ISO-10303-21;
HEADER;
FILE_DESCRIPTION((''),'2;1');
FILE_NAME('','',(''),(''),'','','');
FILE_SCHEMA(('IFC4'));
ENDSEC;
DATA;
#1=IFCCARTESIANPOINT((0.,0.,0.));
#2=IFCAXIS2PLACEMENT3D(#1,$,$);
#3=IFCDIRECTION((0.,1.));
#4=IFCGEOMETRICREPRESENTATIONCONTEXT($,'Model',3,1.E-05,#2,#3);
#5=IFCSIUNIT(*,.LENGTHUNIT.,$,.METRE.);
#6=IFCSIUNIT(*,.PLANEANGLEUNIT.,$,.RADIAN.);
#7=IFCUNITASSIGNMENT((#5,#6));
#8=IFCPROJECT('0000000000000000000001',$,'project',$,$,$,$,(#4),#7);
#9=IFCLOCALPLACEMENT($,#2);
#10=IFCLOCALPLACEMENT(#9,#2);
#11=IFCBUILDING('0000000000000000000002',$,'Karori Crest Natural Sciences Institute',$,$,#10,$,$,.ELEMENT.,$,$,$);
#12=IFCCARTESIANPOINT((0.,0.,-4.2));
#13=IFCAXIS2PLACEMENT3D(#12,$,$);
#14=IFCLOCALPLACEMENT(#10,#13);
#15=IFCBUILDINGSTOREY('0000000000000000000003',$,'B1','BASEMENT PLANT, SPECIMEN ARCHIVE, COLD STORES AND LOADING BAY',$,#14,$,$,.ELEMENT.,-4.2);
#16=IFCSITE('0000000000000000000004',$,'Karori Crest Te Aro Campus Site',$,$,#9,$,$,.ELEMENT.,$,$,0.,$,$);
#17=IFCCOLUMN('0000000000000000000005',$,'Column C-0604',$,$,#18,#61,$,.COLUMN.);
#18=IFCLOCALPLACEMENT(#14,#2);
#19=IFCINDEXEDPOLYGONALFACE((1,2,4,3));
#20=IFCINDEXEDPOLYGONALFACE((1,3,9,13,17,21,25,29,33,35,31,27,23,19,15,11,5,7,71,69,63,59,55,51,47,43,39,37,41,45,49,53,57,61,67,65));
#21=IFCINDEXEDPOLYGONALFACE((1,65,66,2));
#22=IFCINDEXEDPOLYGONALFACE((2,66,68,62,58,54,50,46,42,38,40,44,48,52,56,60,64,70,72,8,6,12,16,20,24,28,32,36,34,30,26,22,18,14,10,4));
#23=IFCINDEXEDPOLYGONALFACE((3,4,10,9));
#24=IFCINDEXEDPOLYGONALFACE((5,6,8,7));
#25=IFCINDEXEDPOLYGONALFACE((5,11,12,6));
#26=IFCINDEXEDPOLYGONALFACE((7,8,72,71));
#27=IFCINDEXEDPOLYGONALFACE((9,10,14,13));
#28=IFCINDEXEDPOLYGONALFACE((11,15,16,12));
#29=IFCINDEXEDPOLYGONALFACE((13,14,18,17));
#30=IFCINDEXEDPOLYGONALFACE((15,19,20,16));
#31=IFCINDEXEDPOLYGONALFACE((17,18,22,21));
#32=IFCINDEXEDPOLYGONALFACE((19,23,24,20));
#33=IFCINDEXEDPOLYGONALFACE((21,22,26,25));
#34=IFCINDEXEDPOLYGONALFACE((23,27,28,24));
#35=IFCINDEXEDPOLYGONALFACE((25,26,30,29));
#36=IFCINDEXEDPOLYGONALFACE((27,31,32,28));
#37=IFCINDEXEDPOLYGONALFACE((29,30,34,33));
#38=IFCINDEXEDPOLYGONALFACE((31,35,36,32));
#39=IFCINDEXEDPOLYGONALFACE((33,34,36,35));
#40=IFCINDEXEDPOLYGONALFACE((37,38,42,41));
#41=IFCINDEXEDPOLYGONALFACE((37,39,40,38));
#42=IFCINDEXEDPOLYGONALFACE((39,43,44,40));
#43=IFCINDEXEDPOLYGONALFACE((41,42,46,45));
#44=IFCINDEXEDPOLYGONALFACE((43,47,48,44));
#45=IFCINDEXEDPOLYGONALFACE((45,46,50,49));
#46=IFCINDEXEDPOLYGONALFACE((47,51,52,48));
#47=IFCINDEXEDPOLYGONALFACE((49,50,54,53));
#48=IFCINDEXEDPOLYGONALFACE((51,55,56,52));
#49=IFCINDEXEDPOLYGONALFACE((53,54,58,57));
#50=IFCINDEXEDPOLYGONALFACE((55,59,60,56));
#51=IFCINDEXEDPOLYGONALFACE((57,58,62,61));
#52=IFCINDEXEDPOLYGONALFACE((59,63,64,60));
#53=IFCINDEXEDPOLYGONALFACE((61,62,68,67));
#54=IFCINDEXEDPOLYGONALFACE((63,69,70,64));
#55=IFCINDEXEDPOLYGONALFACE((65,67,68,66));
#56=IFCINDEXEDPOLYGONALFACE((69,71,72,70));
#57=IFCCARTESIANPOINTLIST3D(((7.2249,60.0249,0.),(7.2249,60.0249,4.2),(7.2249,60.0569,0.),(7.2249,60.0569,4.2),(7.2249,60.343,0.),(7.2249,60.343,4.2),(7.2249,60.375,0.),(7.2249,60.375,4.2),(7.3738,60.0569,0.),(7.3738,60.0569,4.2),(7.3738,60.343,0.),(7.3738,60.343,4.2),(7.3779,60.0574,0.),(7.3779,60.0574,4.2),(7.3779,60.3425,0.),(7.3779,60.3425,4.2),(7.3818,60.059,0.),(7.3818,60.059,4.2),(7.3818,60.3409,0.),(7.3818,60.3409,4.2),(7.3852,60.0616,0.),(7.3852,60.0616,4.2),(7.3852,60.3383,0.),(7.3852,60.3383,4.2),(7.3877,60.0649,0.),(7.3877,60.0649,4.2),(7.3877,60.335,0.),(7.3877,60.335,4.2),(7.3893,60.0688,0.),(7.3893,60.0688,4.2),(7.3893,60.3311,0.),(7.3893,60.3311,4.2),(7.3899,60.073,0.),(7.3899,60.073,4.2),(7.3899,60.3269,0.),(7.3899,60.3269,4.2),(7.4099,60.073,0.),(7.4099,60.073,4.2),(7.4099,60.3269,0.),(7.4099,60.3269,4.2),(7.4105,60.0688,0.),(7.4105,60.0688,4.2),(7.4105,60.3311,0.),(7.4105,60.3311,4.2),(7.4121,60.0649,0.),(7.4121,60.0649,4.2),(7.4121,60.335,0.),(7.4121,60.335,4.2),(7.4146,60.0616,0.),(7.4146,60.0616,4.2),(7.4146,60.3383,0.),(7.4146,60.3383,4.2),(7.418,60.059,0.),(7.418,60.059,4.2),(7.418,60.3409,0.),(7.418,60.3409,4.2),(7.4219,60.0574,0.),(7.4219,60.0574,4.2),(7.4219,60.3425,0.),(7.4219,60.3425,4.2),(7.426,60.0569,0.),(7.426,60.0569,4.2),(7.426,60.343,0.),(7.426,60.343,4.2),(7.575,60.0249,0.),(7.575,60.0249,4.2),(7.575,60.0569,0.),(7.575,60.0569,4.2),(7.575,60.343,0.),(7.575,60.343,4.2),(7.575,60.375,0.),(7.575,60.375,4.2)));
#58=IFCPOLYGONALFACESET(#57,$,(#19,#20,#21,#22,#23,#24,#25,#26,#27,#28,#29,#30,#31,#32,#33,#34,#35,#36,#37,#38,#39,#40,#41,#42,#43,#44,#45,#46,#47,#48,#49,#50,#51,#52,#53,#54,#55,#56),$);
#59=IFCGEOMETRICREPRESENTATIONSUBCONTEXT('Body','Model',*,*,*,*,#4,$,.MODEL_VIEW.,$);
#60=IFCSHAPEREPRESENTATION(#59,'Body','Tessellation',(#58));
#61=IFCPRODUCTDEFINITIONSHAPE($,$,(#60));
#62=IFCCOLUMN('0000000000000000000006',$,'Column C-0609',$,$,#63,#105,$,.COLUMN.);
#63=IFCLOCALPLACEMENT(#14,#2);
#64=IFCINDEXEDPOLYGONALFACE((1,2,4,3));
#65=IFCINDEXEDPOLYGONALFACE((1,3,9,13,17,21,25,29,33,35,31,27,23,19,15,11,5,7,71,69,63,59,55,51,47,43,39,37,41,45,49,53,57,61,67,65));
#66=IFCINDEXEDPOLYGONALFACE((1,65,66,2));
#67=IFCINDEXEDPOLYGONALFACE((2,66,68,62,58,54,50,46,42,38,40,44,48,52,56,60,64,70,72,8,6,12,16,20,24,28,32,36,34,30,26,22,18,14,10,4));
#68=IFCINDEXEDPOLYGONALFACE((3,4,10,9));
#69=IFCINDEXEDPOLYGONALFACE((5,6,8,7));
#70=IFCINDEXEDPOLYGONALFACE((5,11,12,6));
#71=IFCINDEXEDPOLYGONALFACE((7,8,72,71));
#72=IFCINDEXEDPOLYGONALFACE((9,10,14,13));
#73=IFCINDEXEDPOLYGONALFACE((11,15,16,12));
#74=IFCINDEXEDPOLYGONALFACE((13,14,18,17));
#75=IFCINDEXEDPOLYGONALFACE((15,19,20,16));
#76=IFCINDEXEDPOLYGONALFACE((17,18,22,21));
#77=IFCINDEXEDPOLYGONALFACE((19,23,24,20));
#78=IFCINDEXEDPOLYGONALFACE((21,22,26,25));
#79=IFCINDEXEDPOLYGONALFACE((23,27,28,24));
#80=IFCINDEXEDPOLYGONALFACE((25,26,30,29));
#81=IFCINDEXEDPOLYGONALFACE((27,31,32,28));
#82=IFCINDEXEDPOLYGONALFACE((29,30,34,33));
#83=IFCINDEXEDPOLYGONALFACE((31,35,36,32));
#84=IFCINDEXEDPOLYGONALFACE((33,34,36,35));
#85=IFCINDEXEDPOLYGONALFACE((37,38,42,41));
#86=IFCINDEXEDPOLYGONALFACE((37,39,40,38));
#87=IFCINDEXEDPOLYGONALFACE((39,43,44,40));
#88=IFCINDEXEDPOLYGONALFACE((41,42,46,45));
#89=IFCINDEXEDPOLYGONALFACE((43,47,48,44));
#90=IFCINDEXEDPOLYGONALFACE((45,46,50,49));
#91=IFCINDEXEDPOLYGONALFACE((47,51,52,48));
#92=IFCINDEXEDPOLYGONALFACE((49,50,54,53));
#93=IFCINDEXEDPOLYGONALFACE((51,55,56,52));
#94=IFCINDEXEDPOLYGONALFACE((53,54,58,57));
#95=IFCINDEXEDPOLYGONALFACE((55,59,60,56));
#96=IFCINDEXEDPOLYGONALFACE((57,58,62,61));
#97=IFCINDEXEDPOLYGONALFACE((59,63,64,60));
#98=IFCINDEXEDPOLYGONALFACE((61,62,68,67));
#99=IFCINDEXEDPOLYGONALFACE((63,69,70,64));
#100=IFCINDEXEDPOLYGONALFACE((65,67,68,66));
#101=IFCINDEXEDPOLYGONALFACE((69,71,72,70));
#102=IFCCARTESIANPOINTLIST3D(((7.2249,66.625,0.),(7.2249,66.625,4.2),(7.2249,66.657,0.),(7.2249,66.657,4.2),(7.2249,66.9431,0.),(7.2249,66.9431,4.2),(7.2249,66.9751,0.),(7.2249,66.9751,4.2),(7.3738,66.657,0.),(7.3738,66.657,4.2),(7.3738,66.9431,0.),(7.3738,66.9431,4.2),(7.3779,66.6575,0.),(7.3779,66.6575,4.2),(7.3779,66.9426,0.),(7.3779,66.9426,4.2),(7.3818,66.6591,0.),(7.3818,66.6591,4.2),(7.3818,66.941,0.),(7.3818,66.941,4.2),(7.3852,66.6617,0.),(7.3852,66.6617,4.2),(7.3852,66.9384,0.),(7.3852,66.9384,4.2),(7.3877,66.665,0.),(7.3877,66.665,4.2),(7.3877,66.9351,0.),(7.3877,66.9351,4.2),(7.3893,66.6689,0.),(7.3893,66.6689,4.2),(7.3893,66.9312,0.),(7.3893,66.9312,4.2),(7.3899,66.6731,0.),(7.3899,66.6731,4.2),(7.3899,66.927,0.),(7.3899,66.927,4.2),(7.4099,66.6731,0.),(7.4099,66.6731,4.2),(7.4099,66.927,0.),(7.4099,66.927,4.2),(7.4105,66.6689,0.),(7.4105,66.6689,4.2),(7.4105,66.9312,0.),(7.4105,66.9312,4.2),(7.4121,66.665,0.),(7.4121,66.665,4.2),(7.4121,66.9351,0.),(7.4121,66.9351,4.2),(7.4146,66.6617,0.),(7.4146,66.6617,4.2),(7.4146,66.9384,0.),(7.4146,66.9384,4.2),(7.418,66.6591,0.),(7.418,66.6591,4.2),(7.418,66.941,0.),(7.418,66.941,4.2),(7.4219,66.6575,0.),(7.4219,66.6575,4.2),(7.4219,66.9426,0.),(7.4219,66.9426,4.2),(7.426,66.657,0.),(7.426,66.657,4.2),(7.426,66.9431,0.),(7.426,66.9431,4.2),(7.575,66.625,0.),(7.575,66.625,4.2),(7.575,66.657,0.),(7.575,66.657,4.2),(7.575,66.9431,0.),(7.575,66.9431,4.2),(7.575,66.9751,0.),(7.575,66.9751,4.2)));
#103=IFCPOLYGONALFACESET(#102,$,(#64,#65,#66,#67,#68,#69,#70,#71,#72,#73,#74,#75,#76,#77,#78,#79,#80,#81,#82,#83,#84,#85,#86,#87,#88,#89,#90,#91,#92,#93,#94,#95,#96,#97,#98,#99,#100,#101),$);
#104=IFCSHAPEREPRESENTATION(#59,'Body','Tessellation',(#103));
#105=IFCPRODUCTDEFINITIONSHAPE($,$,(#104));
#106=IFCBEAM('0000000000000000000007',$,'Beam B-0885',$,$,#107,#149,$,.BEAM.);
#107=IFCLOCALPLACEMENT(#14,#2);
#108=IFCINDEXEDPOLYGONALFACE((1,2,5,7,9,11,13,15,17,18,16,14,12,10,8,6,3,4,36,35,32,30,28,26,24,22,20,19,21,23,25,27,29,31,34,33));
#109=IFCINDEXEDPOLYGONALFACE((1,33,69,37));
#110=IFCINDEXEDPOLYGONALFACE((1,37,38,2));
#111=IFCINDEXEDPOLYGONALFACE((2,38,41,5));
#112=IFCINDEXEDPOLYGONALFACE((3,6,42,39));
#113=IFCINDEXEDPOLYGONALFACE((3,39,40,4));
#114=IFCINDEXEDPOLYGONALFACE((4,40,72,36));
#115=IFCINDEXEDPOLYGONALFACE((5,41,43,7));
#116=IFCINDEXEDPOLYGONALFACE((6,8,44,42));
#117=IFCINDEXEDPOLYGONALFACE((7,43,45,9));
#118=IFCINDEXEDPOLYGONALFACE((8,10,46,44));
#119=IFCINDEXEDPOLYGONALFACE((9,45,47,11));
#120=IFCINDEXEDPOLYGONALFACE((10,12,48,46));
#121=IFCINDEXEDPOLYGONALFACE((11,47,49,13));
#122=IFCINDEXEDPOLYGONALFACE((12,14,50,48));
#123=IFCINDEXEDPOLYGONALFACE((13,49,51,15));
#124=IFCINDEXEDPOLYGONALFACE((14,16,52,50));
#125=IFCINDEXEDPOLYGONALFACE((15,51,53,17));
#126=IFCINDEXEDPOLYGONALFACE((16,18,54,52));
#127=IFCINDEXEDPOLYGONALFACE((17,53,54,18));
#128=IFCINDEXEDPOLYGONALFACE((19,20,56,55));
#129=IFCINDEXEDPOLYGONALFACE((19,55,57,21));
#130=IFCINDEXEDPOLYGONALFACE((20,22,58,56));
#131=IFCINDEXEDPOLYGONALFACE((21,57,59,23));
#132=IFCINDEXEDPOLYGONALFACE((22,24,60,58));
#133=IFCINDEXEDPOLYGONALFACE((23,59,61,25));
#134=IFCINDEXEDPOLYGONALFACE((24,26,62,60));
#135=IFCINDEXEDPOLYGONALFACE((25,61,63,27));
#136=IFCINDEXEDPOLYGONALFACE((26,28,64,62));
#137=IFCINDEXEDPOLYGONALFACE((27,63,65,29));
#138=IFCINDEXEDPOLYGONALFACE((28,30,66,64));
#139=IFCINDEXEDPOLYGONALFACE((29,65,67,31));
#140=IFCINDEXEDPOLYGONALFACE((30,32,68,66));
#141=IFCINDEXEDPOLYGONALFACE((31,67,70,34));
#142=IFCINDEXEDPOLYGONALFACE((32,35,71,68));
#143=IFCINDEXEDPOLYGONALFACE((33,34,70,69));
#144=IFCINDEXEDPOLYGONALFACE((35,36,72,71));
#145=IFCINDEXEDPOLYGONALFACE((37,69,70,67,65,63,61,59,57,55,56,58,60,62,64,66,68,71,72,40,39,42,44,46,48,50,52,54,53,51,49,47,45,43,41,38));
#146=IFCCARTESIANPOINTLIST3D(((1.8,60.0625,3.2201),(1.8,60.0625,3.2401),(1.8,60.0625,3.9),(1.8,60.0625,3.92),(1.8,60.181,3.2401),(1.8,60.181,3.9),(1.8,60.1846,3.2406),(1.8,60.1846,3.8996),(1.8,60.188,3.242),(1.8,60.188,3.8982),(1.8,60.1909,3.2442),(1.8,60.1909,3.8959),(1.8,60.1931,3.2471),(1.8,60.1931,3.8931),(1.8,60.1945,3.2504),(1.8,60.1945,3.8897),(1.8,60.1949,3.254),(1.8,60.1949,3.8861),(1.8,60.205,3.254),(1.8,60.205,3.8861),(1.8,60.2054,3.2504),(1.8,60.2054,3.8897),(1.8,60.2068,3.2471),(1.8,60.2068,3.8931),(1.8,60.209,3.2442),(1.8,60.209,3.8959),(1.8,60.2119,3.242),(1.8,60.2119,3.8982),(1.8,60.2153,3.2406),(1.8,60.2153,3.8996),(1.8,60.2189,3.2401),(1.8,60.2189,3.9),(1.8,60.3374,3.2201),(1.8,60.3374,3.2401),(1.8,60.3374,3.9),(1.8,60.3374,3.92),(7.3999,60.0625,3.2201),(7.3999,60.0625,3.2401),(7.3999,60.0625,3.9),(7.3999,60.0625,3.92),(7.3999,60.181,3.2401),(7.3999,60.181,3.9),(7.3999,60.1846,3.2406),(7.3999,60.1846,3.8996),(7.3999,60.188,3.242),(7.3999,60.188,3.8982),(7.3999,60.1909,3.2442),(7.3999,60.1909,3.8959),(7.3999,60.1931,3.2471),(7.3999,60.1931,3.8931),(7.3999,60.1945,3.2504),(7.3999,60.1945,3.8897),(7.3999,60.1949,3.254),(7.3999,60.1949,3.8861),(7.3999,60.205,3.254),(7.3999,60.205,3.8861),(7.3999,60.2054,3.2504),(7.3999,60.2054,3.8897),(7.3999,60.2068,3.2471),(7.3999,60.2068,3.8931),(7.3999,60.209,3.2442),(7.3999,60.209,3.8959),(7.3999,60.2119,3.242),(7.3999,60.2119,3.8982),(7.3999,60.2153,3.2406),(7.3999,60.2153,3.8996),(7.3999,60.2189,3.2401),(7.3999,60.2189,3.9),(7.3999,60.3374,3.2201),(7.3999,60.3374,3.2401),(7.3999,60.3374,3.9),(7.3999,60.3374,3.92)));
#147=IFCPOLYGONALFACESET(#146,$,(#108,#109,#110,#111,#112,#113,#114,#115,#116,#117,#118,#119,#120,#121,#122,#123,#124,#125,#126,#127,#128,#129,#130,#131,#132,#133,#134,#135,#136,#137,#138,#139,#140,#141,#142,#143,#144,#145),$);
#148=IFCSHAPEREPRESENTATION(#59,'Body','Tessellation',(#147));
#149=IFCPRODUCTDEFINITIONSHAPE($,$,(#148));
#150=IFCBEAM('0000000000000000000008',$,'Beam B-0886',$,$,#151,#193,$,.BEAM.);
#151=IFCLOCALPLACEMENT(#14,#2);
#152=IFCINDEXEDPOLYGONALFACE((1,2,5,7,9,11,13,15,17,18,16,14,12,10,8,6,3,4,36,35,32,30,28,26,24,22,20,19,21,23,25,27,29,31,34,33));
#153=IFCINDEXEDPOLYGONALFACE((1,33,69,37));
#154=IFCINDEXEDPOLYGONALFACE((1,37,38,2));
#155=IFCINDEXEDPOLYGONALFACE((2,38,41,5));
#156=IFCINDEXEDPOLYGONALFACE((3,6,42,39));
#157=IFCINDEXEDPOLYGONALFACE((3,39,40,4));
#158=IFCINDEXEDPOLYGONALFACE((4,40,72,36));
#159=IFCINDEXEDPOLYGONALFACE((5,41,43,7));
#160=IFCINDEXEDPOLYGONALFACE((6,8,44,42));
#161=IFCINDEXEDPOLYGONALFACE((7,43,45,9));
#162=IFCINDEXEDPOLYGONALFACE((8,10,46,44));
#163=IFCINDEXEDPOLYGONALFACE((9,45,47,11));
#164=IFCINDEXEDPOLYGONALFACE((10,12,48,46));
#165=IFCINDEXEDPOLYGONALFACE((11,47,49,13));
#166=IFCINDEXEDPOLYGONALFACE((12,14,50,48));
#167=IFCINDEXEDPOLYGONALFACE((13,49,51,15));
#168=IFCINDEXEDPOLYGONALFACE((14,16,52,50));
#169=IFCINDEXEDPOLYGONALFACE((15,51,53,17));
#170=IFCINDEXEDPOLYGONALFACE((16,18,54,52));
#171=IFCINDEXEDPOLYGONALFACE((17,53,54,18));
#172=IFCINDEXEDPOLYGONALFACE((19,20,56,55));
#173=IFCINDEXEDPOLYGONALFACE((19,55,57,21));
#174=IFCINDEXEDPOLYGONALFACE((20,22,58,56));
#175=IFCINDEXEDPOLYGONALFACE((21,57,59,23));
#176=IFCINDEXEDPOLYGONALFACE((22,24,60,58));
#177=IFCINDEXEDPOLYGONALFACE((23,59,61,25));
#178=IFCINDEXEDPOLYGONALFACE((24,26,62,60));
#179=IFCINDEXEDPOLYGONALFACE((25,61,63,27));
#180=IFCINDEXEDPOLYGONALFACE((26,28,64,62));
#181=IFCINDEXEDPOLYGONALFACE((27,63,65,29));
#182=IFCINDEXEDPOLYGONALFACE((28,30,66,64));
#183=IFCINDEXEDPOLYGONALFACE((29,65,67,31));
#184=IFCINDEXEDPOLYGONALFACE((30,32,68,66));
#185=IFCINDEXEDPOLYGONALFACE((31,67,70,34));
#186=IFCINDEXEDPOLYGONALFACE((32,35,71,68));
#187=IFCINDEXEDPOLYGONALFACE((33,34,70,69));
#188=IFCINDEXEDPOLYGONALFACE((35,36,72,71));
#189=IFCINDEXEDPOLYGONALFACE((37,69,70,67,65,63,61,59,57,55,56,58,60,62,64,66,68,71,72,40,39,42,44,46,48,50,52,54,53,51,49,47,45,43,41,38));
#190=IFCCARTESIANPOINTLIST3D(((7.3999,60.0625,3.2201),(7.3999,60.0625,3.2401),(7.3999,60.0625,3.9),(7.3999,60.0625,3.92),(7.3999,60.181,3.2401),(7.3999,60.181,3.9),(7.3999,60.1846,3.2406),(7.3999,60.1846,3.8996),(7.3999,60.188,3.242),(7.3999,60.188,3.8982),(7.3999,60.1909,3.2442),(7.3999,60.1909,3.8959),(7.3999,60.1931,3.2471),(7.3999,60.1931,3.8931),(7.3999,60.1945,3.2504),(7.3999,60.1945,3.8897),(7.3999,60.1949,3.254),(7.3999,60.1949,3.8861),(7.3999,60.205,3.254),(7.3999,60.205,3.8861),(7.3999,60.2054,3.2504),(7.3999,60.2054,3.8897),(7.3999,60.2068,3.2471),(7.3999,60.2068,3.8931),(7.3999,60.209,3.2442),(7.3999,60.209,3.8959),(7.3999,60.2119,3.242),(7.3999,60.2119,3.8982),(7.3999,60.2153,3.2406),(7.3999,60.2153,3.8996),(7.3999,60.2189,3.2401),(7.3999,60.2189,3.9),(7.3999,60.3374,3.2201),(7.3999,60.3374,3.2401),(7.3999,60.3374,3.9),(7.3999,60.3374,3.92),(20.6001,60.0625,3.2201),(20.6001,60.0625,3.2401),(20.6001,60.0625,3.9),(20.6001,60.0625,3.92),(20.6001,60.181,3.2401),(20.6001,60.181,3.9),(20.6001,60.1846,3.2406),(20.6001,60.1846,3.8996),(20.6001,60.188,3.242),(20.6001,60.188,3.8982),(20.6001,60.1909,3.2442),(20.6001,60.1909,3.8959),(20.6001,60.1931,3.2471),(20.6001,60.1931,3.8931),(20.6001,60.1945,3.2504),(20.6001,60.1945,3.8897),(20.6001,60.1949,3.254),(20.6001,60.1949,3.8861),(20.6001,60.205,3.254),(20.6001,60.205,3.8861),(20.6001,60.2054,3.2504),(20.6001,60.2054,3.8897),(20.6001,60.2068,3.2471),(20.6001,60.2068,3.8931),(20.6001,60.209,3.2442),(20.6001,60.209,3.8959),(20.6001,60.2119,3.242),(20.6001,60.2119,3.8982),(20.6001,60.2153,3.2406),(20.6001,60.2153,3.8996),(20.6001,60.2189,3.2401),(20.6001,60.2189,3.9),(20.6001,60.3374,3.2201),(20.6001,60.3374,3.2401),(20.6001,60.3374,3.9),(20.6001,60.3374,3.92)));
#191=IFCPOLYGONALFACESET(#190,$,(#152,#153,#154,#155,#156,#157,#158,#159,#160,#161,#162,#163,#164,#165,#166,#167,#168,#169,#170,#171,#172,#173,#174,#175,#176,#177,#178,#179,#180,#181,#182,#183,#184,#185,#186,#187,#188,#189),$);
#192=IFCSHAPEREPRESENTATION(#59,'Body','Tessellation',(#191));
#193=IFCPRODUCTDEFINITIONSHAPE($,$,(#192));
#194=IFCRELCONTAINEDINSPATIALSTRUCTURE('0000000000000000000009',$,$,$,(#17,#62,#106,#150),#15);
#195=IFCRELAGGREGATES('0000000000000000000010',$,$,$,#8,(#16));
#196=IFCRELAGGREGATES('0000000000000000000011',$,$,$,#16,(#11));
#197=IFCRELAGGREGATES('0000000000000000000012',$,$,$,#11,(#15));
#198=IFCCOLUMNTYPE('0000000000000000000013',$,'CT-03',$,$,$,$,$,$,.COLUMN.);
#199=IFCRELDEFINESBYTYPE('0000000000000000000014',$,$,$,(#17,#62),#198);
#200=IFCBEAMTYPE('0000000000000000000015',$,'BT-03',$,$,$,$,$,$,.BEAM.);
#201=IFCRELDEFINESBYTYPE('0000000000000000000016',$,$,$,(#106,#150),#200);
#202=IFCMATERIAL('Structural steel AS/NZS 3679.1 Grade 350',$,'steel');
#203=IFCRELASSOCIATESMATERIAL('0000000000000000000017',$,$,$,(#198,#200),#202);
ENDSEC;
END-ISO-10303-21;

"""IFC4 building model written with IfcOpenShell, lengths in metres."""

from ifc_helpers import new_model, si_unit, direction, frame, origin, origin_2d, place, context, subcontext, project, spatial, i_section, extrude, material, material_profile, profile_set, type_object, element, save


model = new_model("IFC4")

# Units and contexts
model_context = context("Model", 3, precision=1e-05, world=origin(), true_north=direction((0.0, 1.0)))
body_context = subcontext(model_context, "Body", "Model", "MODEL_VIEW")
ifc_project = project(units=[si_unit("LENGTHUNIT", "METRE"), si_unit("PLANEANGLEUNIT", "RADIAN")], contexts=[model_context])

# Site, building, storey
site_placement = place(None, origin())
site = spatial("IfcSite", under=ifc_project, at=site_placement, Name="Karori Crest Te Aro Campus Site", CompositionType="ELEMENT", RefElevation=0.0)
building_placement = place(site_placement, origin())
building = spatial("IfcBuilding", under=site, at=building_placement, Name="Karori Crest Natural Sciences Institute", CompositionType="ELEMENT")
storey_placement = place(building_placement, frame((0.0, 0.0, -4.2)))
storey = spatial("IfcBuildingStorey", under=building, at=storey_placement, Name="B1", Description="BASEMENT PLANT, SPECIMEN ARCHIVE, COLD STORES AND LOADING BAY", CompositionType="ELEMENT", Elevation=-4.2)

# Columns
ifc_material_1 = material(Name="Structural steel AS/NZS 3679.1 Grade 350", Category="steel")
ifc_material_profile_1 = material_profile(ifc_material_1, i_section(OverallWidth=0.3501, OverallDepth=0.3501, WebThickness=0.02, FlangeThickness=0.032, FilletRadius=0.0161, at=origin_2d()), Name="350WC280")
ifc_profile_set_1 = profile_set([ifc_material_profile_1], Name="Structural steel AS/NZS 3679.1 Grade 350")
column_type = type_object("IfcColumnType", Name="CT-03", PredefinedType="COLUMN", material=ifc_profile_set_1)
for number, where, z_axis, x_axis, name in (
    (1, (7.3999, 60.2, 0.0), (0.0, 0.0, 1.0), (1.0, 0.0, 0.0), "Column C-0604"),
    (2, (7.3999, 66.8, 0.0), (0.0, 0.0, 1.0), (1.0, 0.0, 0.0), "Column C-0609"),
):
    element("IfcColumn", number, at=place(storey_placement, frame(where, z_axis=z_axis, x_axis=x_axis)), inside=storey, type_object=column_type, Name=name, PredefinedType="COLUMN", context=body_context, shape_type="SweptSolid", body=[
        extrude(i_section(OverallWidth=0.3501, OverallDepth=0.3501, WebThickness=0.02, FlangeThickness=0.032, FilletRadius=0.0161, at=origin_2d()), origin(), (0.0, 0.0, 1.0), 4.2),
    ])

# Beams
ifc_material_profile_2 = material_profile(ifc_material_1, i_section(OverallWidth=0.2749, OverallDepth=0.7, WebThickness=0.01, FlangeThickness=0.02, FilletRadius=0.0139, at=origin_2d()), Name="700WB150")
ifc_profile_set_2 = profile_set([ifc_material_profile_2], Name="Structural steel AS/NZS 3679.1 Grade 350")
beam_type_1 = type_object("IfcBeamType", Name="BT-03", PredefinedType="BEAM", material=ifc_profile_set_2)
beam_1_placement = place(storey_placement, frame((1.8, 60.2, 3.5701), z_axis=(1.0, 0.0, 0.0), x_axis=(0.0, 1.0, 0.0)))
element("IfcBeam", 3, at=beam_1_placement, inside=storey, type_object=beam_type_1, Name="Beam B-0885", PredefinedType="BEAM", context=body_context, shape_type="SweptSolid", body=[
    extrude(i_section(OverallWidth=0.2749, OverallDepth=0.7, WebThickness=0.01, FlangeThickness=0.02, FilletRadius=0.0139, at=origin_2d()), origin(), (0.0, 0.0, 1.0), 5.5999),
])
beam_2_placement = place(storey_placement, frame((7.3999, 60.2, 3.5701), z_axis=(1.0, 0.0, 0.0), x_axis=(0.0, 1.0, 0.0)))
element("IfcBeam", 4, at=beam_2_placement, inside=storey, type_object=beam_type_1, Name="Beam B-0886", PredefinedType="BEAM", context=body_context, shape_type="SweptSolid", body=[
    extrude(i_section(OverallWidth=0.2749, OverallDepth=0.7, WebThickness=0.01, FlangeThickness=0.02, FilletRadius=0.0139, at=origin_2d()), origin(), (0.0, 0.0, 1.0), 13.2002),
])

save(model, "model.ifc")
